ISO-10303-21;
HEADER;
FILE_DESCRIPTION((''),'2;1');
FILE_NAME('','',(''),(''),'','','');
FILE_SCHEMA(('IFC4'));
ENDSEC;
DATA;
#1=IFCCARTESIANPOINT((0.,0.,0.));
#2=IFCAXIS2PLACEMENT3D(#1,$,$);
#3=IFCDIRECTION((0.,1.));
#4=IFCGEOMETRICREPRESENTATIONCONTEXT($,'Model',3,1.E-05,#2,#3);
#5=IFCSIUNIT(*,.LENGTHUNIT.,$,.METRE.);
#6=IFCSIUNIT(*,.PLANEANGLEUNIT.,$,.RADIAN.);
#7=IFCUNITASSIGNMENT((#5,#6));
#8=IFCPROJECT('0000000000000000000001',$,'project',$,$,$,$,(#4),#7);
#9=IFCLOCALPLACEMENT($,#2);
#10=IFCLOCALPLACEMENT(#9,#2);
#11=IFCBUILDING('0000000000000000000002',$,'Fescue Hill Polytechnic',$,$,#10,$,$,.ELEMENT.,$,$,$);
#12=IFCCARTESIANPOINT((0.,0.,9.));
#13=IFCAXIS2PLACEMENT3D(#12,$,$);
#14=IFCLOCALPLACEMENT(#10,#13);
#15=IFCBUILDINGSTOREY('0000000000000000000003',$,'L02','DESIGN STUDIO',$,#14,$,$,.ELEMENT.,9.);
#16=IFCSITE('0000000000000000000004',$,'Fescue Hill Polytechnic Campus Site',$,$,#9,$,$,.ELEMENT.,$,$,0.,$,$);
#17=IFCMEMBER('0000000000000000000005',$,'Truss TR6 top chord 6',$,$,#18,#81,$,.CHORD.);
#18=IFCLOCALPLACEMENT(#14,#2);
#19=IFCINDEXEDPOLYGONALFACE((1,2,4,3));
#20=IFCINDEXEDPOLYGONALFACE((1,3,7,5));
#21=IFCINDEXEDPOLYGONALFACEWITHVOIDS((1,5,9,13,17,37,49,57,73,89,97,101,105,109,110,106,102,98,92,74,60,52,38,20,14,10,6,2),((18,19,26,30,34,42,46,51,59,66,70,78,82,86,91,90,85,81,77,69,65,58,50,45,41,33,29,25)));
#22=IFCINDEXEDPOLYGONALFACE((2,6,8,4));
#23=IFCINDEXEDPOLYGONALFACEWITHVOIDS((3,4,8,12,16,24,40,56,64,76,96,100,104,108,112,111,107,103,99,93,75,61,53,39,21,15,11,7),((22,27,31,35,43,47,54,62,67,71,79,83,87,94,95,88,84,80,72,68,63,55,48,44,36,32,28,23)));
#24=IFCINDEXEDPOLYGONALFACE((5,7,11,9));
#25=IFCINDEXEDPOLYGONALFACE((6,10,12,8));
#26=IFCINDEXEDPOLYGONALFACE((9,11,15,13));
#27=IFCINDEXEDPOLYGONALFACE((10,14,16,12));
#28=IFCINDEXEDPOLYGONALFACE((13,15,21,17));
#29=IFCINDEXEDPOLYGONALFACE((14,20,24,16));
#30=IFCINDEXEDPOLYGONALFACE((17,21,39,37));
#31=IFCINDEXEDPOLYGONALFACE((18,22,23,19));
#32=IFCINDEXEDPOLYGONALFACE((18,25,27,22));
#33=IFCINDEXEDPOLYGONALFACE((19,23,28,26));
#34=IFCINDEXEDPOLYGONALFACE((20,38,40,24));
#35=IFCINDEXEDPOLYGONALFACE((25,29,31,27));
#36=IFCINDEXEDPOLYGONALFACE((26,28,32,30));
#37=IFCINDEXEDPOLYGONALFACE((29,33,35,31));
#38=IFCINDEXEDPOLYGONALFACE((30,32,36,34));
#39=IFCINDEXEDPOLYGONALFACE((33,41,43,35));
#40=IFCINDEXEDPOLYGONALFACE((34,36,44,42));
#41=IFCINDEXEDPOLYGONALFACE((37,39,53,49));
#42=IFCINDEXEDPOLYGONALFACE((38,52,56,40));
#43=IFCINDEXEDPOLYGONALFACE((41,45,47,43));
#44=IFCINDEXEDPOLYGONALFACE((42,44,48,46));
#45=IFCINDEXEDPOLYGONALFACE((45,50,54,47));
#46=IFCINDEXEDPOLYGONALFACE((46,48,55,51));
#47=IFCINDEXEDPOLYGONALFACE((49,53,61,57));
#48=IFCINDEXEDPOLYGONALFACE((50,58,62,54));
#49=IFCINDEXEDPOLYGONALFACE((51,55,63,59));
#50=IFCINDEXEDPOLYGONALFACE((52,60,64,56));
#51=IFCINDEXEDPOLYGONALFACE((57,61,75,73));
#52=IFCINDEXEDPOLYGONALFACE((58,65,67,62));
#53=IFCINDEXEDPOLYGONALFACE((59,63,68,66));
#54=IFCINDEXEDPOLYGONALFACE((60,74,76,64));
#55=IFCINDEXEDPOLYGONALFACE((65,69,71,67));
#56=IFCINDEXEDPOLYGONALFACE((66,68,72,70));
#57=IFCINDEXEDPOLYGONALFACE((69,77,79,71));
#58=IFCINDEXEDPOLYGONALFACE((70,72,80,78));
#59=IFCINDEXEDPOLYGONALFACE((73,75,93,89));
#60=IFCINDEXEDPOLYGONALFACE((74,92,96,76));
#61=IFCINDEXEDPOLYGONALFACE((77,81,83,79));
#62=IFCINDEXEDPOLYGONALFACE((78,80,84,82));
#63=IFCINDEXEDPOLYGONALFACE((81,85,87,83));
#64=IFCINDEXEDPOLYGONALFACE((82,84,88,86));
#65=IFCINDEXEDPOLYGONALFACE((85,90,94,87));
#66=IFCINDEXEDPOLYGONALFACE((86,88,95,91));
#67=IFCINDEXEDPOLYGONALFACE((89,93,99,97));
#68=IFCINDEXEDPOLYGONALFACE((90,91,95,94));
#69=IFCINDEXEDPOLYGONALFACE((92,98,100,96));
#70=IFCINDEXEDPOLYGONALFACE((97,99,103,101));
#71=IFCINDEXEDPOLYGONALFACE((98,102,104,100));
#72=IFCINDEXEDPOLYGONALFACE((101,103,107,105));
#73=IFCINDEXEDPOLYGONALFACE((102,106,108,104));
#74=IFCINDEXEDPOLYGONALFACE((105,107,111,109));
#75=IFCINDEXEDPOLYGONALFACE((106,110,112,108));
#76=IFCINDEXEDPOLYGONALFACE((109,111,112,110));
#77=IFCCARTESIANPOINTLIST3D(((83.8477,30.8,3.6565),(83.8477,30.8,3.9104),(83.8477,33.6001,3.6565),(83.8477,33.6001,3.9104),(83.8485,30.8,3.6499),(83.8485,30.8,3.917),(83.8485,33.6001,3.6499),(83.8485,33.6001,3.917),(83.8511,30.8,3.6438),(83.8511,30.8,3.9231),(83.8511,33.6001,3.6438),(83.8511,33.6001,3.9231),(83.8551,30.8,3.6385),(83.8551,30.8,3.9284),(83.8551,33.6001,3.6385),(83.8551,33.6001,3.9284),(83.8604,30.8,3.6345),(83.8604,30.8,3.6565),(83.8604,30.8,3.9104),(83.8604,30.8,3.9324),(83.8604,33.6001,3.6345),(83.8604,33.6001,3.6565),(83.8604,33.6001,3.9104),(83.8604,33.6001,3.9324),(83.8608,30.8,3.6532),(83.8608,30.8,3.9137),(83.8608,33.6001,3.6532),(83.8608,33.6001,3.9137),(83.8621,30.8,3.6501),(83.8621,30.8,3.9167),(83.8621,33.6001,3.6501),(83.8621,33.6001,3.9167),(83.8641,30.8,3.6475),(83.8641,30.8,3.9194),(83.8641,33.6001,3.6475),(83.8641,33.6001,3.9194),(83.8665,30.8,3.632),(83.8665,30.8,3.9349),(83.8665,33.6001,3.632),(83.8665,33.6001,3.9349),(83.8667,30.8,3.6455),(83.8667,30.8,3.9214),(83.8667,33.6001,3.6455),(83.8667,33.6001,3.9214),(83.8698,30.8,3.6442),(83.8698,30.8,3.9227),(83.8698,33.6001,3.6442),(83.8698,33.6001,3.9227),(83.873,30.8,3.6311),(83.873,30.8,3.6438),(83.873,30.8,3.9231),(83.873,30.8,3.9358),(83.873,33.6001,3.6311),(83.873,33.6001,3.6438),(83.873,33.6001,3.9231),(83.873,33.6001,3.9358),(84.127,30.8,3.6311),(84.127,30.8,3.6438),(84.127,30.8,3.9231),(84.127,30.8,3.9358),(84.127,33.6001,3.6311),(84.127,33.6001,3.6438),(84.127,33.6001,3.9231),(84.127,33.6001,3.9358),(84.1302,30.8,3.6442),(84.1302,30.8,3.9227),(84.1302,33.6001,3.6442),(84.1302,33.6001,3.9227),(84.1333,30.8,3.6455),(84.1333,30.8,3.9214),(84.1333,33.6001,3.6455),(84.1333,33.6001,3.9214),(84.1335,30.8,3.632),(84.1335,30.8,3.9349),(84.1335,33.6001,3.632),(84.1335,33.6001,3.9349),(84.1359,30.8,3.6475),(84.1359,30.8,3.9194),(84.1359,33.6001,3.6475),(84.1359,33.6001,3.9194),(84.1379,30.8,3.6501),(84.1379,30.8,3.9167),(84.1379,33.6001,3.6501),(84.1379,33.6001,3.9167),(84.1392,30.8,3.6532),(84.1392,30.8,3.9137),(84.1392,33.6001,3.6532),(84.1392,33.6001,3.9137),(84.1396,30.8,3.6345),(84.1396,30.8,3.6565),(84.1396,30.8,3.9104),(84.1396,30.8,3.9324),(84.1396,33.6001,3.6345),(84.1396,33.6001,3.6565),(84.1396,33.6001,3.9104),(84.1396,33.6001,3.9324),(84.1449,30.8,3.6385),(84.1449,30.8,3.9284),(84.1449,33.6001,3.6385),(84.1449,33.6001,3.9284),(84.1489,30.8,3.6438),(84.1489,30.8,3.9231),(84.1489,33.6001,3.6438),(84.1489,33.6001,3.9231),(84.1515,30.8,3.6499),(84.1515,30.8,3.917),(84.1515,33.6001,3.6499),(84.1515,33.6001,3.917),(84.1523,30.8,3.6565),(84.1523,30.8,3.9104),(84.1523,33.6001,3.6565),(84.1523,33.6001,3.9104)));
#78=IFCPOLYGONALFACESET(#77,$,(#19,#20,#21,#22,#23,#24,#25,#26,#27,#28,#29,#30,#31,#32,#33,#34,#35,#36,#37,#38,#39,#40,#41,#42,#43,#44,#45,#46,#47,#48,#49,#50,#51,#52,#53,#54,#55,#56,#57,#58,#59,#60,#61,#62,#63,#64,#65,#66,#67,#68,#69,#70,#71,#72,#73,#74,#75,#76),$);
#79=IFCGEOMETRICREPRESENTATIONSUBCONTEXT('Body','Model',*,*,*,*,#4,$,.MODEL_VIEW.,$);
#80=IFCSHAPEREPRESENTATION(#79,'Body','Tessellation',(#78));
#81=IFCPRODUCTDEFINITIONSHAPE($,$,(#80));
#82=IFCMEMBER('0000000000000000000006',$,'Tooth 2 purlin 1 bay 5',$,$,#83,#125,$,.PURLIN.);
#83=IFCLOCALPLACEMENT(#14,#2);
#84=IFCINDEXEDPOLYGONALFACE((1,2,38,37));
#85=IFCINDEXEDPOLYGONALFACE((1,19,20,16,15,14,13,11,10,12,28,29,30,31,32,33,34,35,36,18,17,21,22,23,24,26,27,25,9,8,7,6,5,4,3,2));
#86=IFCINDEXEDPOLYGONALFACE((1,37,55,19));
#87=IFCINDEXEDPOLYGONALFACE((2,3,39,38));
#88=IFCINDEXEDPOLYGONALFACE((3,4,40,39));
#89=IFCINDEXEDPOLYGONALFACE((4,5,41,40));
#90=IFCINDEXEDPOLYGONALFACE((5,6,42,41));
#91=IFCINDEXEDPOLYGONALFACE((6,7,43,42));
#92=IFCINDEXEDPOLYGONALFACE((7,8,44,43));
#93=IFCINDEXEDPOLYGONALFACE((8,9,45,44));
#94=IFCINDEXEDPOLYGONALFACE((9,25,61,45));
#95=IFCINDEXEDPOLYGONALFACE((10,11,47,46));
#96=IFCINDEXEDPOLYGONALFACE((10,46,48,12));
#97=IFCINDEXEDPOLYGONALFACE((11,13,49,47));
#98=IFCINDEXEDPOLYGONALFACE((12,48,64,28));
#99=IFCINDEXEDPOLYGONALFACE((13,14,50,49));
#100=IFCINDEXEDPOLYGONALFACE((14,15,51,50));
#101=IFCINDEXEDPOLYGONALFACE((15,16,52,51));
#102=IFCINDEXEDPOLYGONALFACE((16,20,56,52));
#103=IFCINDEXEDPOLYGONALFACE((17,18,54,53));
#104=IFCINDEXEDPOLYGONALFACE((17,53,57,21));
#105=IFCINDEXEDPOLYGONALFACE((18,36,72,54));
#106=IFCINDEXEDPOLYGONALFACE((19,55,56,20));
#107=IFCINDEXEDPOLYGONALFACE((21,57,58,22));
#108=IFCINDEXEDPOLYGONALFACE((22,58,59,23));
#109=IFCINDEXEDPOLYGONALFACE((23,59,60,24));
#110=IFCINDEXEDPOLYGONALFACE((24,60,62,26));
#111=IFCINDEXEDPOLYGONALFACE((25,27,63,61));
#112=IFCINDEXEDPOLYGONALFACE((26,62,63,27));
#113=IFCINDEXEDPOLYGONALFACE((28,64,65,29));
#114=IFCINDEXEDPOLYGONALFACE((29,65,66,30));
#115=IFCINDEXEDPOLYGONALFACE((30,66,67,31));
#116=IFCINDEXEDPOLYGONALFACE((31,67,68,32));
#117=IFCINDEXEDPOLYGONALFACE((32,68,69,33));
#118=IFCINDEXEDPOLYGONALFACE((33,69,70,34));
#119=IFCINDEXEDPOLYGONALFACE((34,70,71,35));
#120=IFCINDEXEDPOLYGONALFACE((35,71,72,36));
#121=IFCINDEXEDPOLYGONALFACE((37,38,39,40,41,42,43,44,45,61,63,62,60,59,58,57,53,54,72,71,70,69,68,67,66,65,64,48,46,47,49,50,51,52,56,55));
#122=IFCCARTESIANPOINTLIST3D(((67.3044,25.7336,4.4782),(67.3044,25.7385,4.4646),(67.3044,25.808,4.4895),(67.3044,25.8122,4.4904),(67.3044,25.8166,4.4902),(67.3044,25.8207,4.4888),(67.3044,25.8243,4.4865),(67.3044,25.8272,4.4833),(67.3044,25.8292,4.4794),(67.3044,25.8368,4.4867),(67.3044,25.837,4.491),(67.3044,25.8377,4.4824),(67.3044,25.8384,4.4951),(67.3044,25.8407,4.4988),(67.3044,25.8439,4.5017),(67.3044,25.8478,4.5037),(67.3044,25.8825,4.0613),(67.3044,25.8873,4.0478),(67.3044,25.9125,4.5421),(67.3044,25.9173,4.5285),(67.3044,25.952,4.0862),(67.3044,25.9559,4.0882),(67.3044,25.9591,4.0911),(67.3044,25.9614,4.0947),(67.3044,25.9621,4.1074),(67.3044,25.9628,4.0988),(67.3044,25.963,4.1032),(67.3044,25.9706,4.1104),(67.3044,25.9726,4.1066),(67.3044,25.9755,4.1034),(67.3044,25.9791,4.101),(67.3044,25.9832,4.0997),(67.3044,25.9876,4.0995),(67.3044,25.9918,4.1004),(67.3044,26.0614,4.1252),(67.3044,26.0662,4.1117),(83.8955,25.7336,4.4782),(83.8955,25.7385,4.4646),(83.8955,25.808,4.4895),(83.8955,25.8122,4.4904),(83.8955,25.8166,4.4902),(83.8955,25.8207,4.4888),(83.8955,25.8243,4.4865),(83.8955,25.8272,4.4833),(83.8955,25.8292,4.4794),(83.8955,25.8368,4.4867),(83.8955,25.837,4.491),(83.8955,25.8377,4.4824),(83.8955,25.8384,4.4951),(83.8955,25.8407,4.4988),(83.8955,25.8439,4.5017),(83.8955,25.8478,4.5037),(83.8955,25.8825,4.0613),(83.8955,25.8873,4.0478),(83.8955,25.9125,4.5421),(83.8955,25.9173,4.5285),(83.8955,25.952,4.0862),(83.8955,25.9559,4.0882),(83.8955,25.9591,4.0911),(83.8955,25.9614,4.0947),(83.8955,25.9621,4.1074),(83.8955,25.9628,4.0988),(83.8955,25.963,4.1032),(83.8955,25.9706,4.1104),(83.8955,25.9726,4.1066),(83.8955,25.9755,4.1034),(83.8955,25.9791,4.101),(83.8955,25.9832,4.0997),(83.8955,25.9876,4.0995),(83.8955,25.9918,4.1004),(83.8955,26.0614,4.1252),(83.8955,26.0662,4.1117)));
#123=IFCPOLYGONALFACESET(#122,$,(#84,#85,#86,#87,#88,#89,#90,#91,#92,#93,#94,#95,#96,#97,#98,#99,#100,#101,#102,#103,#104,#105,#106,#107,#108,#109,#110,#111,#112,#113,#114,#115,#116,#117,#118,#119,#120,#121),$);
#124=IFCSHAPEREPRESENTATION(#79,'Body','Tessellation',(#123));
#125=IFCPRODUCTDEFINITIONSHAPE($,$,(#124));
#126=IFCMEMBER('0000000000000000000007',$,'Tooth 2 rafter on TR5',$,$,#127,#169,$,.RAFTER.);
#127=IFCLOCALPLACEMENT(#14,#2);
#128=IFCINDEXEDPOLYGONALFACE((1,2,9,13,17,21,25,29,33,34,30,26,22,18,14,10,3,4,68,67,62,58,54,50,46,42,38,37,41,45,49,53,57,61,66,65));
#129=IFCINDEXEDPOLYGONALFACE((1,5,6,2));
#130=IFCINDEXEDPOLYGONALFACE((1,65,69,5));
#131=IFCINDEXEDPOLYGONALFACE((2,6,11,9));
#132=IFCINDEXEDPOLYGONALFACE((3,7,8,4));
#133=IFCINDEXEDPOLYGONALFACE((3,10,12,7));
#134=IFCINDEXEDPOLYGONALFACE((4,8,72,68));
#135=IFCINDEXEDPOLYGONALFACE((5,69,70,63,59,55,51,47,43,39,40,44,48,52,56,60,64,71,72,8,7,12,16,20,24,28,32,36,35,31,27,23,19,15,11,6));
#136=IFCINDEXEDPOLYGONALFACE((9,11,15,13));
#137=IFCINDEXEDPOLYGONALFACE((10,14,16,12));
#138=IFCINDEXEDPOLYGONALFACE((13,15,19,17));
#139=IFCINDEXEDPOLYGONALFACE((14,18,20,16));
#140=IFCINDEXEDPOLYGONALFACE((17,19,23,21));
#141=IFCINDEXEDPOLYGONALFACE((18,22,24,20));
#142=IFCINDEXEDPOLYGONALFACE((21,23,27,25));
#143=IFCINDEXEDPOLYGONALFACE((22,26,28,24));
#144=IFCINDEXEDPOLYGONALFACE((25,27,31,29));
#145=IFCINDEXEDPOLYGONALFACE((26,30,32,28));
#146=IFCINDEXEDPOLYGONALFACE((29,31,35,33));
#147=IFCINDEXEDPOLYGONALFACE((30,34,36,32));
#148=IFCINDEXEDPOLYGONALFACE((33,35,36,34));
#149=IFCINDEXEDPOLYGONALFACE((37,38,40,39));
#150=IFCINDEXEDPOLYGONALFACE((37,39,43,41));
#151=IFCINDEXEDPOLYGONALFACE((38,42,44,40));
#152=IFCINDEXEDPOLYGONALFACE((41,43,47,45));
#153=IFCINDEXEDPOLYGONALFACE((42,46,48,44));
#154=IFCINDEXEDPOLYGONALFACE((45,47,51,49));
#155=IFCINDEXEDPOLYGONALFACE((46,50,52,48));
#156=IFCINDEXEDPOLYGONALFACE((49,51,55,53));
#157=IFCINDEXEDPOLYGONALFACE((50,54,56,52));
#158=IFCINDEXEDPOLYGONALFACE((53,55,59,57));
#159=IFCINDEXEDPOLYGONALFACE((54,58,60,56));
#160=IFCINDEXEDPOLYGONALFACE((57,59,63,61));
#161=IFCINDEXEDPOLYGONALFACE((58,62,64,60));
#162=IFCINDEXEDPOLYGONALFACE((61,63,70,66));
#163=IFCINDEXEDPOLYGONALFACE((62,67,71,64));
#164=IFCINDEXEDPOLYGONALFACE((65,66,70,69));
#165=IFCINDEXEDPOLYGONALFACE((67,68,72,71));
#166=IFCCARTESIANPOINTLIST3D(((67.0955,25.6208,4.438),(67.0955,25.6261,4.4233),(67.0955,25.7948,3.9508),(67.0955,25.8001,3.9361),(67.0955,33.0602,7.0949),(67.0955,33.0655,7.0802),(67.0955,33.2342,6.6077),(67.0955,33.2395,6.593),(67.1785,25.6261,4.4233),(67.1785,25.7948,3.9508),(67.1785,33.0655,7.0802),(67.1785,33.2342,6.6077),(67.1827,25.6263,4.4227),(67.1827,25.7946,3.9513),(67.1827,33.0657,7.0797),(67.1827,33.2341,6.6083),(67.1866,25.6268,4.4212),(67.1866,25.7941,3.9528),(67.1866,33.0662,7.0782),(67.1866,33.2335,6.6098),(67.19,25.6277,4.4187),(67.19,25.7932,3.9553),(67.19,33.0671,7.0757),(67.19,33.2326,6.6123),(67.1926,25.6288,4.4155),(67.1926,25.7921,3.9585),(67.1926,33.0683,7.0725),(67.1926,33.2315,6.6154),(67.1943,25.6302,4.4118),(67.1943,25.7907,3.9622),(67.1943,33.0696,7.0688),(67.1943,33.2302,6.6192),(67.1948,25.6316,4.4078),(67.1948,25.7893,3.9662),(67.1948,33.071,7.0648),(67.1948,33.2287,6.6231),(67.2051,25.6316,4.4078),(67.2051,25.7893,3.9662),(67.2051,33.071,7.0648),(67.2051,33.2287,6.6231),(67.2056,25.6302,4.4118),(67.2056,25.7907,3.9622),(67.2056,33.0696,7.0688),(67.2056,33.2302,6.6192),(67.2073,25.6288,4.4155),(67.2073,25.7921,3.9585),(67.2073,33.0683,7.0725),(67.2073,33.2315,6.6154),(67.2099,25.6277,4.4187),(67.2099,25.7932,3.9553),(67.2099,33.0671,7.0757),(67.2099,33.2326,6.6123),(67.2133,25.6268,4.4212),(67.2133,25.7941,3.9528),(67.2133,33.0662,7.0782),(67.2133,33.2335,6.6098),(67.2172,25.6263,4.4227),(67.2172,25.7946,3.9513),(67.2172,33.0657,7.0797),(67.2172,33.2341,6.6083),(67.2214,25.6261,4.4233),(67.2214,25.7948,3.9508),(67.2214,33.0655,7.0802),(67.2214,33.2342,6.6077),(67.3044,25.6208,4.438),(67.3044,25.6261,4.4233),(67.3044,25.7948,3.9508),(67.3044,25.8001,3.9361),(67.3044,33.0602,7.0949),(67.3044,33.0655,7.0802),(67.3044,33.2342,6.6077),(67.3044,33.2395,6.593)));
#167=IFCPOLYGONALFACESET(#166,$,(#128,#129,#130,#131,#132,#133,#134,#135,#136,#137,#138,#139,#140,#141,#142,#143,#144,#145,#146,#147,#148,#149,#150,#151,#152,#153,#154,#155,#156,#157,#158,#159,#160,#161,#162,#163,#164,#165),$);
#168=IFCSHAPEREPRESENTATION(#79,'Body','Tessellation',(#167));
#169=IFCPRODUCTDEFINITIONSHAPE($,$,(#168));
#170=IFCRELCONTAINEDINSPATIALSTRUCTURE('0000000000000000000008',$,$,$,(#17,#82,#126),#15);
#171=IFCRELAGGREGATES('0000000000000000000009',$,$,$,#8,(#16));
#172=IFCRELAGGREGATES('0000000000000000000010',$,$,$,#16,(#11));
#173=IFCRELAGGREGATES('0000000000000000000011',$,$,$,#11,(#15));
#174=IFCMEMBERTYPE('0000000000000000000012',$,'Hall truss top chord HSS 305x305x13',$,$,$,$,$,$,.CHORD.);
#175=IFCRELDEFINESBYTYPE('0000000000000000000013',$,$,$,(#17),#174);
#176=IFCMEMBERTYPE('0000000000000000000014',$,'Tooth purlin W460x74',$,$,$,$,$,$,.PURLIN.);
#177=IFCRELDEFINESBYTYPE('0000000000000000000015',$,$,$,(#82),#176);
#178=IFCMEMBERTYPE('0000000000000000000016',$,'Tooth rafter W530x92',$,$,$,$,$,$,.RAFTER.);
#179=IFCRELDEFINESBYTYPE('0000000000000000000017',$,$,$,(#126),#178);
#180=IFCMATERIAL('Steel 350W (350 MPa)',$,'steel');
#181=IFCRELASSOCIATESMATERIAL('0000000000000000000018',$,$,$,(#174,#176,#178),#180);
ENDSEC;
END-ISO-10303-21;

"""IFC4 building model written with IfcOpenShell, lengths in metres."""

from ifc_helpers import new_model, si_unit, direction, frame, origin, origin_2d, place, context, subcontext, project, spatial, hollow_rectangle, i_section, extrude, material, material_profile, profile_set, type_object, element, save


model = new_model("IFC4")

# Units and contexts
model_context = context("Model", 3, precision=1e-05, world=origin(), true_north=direction((0.0, 1.0)))
body_context = subcontext(model_context, "Body", "Model", "MODEL_VIEW")
ifc_project = project(units=[si_unit("LENGTHUNIT", "METRE"), si_unit("PLANEANGLEUNIT", "RADIAN")], contexts=[model_context])

# Site, building, storey
site_placement = place(None, origin())
site = spatial("IfcSite", under=ifc_project, at=site_placement, Name="Fescue Hill Polytechnic Campus Site", CompositionType="ELEMENT", RefElevation=0.0)
building_placement = place(site_placement, origin())
building = spatial("IfcBuilding", under=site, at=building_placement, Name="Fescue Hill Polytechnic", CompositionType="ELEMENT")
storey_placement = place(building_placement, frame((0.0, 0.0, 9.0)))
storey = spatial("IfcBuildingStorey", under=building, at=storey_placement, Name="L02", Description="DESIGN STUDIO", CompositionType="ELEMENT", Elevation=9.0)

# Members
ifc_material = material(Name="Steel 350W (350 MPa)", Category="steel")
ifc_material_profile_1 = material_profile(ifc_material, hollow_rectangle(XDim=0.3047, YDim=0.3047, WallThickness=0.0127, InnerFilletRadius=0.0127, OuterFilletRadius=0.0254, at=origin_2d()), Name="Hall truss top chord HSS 305x305x13")
ifc_profile_set_1 = profile_set([ifc_material_profile_1], Name="Steel 350W (350 MPa)")
member_type_1 = type_object("IfcMemberType", Name="Hall truss top chord HSS 305x305x13", PredefinedType="CHORD", material=ifc_profile_set_1)
for number, where, z_axis, x_axis, name in (
    (1, (84.0, 30.8, 3.7834), (0.0, 1.0, 0.0), (-1.0, 0.0, 0.0), "Truss TR6 top chord 6"),
):
    element("IfcMember", number, at=place(storey_placement, frame(where, z_axis=z_axis, x_axis=x_axis)), inside=storey, type_object=member_type_1, Name=name, PredefinedType="CHORD", context=body_context, shape_type="SweptSolid", body=[
        extrude(hollow_rectangle(XDim=0.3047, YDim=0.3047, WallThickness=0.0127, InnerFilletRadius=0.0127, OuterFilletRadius=0.0254, at=origin_2d()), origin(), (0.0, 0.0, 1.0), 2.8),
    ])
ifc_material_profile_2 = material_profile(ifc_material, i_section(OverallWidth=0.1899, OverallDepth=0.457, WebThickness=0.009, FlangeThickness=0.0144, FilletRadius=0.0166, at=origin_2d()), Name="W460x74")
ifc_profile_set_2 = profile_set([ifc_material_profile_2], Name="Steel 350W (350 MPa)")
member_type_2 = type_object("IfcMemberType", Name="Tooth purlin W460x74", PredefinedType="PURLIN", material=ifc_profile_set_2)
member_1_placement = place(storey_placement, frame((67.3044, 25.8999, 4.2949), z_axis=(1.0, 0.0, 0.0), x_axis=(0.0, 0.941742, 0.336336)))
element("IfcMember", 2, at=member_1_placement, inside=storey, type_object=member_type_2, Name="Tooth 2 purlin 1 bay 5", PredefinedType="PURLIN", context=body_context, shape_type="SweptSolid", body=[
    extrude(i_section(OverallWidth=0.1899, OverallDepth=0.457, WebThickness=0.009, FlangeThickness=0.0144, FilletRadius=0.0166, at=origin_2d()), origin(), (0.0, 0.0, 1.0), 16.5911),
])
ifc_material_profile_3 = material_profile(ifc_material, i_section(OverallWidth=0.209, OverallDepth=0.533, WebThickness=0.0103, FlangeThickness=0.0156, FilletRadius=0.0164, at=origin_2d()), Name="W530x92")
ifc_profile_set_3 = profile_set([ifc_material_profile_3], Name="Steel 350W (350 MPa)")
member_type_3 = type_object("IfcMemberType", Name="Tooth rafter W530x92", PredefinedType="RAFTER", material=ifc_profile_set_3)
for number, where, z_axis, x_axis, name in (
    (3, (67.2, 25.7104, 4.187), (0.0, 0.941741, 0.33634), (-1.0, 0.0, 0.0), "Tooth 2 rafter on TR5"),
):
    element("IfcMember", number, at=place(storey_placement, frame(where, z_axis=z_axis, x_axis=x_axis)), inside=storey, type_object=member_type_3, Name=name, PredefinedType="RAFTER", context=body_context, shape_type="SweptSolid", body=[
        extrude(i_section(OverallWidth=0.209, OverallDepth=0.533, WebThickness=0.0103, FlangeThickness=0.0156, FilletRadius=0.0164, at=origin_2d()), origin(), (0.0, 0.0, 1.0), 7.8997),
    ])

save(model, "model.ifc")
